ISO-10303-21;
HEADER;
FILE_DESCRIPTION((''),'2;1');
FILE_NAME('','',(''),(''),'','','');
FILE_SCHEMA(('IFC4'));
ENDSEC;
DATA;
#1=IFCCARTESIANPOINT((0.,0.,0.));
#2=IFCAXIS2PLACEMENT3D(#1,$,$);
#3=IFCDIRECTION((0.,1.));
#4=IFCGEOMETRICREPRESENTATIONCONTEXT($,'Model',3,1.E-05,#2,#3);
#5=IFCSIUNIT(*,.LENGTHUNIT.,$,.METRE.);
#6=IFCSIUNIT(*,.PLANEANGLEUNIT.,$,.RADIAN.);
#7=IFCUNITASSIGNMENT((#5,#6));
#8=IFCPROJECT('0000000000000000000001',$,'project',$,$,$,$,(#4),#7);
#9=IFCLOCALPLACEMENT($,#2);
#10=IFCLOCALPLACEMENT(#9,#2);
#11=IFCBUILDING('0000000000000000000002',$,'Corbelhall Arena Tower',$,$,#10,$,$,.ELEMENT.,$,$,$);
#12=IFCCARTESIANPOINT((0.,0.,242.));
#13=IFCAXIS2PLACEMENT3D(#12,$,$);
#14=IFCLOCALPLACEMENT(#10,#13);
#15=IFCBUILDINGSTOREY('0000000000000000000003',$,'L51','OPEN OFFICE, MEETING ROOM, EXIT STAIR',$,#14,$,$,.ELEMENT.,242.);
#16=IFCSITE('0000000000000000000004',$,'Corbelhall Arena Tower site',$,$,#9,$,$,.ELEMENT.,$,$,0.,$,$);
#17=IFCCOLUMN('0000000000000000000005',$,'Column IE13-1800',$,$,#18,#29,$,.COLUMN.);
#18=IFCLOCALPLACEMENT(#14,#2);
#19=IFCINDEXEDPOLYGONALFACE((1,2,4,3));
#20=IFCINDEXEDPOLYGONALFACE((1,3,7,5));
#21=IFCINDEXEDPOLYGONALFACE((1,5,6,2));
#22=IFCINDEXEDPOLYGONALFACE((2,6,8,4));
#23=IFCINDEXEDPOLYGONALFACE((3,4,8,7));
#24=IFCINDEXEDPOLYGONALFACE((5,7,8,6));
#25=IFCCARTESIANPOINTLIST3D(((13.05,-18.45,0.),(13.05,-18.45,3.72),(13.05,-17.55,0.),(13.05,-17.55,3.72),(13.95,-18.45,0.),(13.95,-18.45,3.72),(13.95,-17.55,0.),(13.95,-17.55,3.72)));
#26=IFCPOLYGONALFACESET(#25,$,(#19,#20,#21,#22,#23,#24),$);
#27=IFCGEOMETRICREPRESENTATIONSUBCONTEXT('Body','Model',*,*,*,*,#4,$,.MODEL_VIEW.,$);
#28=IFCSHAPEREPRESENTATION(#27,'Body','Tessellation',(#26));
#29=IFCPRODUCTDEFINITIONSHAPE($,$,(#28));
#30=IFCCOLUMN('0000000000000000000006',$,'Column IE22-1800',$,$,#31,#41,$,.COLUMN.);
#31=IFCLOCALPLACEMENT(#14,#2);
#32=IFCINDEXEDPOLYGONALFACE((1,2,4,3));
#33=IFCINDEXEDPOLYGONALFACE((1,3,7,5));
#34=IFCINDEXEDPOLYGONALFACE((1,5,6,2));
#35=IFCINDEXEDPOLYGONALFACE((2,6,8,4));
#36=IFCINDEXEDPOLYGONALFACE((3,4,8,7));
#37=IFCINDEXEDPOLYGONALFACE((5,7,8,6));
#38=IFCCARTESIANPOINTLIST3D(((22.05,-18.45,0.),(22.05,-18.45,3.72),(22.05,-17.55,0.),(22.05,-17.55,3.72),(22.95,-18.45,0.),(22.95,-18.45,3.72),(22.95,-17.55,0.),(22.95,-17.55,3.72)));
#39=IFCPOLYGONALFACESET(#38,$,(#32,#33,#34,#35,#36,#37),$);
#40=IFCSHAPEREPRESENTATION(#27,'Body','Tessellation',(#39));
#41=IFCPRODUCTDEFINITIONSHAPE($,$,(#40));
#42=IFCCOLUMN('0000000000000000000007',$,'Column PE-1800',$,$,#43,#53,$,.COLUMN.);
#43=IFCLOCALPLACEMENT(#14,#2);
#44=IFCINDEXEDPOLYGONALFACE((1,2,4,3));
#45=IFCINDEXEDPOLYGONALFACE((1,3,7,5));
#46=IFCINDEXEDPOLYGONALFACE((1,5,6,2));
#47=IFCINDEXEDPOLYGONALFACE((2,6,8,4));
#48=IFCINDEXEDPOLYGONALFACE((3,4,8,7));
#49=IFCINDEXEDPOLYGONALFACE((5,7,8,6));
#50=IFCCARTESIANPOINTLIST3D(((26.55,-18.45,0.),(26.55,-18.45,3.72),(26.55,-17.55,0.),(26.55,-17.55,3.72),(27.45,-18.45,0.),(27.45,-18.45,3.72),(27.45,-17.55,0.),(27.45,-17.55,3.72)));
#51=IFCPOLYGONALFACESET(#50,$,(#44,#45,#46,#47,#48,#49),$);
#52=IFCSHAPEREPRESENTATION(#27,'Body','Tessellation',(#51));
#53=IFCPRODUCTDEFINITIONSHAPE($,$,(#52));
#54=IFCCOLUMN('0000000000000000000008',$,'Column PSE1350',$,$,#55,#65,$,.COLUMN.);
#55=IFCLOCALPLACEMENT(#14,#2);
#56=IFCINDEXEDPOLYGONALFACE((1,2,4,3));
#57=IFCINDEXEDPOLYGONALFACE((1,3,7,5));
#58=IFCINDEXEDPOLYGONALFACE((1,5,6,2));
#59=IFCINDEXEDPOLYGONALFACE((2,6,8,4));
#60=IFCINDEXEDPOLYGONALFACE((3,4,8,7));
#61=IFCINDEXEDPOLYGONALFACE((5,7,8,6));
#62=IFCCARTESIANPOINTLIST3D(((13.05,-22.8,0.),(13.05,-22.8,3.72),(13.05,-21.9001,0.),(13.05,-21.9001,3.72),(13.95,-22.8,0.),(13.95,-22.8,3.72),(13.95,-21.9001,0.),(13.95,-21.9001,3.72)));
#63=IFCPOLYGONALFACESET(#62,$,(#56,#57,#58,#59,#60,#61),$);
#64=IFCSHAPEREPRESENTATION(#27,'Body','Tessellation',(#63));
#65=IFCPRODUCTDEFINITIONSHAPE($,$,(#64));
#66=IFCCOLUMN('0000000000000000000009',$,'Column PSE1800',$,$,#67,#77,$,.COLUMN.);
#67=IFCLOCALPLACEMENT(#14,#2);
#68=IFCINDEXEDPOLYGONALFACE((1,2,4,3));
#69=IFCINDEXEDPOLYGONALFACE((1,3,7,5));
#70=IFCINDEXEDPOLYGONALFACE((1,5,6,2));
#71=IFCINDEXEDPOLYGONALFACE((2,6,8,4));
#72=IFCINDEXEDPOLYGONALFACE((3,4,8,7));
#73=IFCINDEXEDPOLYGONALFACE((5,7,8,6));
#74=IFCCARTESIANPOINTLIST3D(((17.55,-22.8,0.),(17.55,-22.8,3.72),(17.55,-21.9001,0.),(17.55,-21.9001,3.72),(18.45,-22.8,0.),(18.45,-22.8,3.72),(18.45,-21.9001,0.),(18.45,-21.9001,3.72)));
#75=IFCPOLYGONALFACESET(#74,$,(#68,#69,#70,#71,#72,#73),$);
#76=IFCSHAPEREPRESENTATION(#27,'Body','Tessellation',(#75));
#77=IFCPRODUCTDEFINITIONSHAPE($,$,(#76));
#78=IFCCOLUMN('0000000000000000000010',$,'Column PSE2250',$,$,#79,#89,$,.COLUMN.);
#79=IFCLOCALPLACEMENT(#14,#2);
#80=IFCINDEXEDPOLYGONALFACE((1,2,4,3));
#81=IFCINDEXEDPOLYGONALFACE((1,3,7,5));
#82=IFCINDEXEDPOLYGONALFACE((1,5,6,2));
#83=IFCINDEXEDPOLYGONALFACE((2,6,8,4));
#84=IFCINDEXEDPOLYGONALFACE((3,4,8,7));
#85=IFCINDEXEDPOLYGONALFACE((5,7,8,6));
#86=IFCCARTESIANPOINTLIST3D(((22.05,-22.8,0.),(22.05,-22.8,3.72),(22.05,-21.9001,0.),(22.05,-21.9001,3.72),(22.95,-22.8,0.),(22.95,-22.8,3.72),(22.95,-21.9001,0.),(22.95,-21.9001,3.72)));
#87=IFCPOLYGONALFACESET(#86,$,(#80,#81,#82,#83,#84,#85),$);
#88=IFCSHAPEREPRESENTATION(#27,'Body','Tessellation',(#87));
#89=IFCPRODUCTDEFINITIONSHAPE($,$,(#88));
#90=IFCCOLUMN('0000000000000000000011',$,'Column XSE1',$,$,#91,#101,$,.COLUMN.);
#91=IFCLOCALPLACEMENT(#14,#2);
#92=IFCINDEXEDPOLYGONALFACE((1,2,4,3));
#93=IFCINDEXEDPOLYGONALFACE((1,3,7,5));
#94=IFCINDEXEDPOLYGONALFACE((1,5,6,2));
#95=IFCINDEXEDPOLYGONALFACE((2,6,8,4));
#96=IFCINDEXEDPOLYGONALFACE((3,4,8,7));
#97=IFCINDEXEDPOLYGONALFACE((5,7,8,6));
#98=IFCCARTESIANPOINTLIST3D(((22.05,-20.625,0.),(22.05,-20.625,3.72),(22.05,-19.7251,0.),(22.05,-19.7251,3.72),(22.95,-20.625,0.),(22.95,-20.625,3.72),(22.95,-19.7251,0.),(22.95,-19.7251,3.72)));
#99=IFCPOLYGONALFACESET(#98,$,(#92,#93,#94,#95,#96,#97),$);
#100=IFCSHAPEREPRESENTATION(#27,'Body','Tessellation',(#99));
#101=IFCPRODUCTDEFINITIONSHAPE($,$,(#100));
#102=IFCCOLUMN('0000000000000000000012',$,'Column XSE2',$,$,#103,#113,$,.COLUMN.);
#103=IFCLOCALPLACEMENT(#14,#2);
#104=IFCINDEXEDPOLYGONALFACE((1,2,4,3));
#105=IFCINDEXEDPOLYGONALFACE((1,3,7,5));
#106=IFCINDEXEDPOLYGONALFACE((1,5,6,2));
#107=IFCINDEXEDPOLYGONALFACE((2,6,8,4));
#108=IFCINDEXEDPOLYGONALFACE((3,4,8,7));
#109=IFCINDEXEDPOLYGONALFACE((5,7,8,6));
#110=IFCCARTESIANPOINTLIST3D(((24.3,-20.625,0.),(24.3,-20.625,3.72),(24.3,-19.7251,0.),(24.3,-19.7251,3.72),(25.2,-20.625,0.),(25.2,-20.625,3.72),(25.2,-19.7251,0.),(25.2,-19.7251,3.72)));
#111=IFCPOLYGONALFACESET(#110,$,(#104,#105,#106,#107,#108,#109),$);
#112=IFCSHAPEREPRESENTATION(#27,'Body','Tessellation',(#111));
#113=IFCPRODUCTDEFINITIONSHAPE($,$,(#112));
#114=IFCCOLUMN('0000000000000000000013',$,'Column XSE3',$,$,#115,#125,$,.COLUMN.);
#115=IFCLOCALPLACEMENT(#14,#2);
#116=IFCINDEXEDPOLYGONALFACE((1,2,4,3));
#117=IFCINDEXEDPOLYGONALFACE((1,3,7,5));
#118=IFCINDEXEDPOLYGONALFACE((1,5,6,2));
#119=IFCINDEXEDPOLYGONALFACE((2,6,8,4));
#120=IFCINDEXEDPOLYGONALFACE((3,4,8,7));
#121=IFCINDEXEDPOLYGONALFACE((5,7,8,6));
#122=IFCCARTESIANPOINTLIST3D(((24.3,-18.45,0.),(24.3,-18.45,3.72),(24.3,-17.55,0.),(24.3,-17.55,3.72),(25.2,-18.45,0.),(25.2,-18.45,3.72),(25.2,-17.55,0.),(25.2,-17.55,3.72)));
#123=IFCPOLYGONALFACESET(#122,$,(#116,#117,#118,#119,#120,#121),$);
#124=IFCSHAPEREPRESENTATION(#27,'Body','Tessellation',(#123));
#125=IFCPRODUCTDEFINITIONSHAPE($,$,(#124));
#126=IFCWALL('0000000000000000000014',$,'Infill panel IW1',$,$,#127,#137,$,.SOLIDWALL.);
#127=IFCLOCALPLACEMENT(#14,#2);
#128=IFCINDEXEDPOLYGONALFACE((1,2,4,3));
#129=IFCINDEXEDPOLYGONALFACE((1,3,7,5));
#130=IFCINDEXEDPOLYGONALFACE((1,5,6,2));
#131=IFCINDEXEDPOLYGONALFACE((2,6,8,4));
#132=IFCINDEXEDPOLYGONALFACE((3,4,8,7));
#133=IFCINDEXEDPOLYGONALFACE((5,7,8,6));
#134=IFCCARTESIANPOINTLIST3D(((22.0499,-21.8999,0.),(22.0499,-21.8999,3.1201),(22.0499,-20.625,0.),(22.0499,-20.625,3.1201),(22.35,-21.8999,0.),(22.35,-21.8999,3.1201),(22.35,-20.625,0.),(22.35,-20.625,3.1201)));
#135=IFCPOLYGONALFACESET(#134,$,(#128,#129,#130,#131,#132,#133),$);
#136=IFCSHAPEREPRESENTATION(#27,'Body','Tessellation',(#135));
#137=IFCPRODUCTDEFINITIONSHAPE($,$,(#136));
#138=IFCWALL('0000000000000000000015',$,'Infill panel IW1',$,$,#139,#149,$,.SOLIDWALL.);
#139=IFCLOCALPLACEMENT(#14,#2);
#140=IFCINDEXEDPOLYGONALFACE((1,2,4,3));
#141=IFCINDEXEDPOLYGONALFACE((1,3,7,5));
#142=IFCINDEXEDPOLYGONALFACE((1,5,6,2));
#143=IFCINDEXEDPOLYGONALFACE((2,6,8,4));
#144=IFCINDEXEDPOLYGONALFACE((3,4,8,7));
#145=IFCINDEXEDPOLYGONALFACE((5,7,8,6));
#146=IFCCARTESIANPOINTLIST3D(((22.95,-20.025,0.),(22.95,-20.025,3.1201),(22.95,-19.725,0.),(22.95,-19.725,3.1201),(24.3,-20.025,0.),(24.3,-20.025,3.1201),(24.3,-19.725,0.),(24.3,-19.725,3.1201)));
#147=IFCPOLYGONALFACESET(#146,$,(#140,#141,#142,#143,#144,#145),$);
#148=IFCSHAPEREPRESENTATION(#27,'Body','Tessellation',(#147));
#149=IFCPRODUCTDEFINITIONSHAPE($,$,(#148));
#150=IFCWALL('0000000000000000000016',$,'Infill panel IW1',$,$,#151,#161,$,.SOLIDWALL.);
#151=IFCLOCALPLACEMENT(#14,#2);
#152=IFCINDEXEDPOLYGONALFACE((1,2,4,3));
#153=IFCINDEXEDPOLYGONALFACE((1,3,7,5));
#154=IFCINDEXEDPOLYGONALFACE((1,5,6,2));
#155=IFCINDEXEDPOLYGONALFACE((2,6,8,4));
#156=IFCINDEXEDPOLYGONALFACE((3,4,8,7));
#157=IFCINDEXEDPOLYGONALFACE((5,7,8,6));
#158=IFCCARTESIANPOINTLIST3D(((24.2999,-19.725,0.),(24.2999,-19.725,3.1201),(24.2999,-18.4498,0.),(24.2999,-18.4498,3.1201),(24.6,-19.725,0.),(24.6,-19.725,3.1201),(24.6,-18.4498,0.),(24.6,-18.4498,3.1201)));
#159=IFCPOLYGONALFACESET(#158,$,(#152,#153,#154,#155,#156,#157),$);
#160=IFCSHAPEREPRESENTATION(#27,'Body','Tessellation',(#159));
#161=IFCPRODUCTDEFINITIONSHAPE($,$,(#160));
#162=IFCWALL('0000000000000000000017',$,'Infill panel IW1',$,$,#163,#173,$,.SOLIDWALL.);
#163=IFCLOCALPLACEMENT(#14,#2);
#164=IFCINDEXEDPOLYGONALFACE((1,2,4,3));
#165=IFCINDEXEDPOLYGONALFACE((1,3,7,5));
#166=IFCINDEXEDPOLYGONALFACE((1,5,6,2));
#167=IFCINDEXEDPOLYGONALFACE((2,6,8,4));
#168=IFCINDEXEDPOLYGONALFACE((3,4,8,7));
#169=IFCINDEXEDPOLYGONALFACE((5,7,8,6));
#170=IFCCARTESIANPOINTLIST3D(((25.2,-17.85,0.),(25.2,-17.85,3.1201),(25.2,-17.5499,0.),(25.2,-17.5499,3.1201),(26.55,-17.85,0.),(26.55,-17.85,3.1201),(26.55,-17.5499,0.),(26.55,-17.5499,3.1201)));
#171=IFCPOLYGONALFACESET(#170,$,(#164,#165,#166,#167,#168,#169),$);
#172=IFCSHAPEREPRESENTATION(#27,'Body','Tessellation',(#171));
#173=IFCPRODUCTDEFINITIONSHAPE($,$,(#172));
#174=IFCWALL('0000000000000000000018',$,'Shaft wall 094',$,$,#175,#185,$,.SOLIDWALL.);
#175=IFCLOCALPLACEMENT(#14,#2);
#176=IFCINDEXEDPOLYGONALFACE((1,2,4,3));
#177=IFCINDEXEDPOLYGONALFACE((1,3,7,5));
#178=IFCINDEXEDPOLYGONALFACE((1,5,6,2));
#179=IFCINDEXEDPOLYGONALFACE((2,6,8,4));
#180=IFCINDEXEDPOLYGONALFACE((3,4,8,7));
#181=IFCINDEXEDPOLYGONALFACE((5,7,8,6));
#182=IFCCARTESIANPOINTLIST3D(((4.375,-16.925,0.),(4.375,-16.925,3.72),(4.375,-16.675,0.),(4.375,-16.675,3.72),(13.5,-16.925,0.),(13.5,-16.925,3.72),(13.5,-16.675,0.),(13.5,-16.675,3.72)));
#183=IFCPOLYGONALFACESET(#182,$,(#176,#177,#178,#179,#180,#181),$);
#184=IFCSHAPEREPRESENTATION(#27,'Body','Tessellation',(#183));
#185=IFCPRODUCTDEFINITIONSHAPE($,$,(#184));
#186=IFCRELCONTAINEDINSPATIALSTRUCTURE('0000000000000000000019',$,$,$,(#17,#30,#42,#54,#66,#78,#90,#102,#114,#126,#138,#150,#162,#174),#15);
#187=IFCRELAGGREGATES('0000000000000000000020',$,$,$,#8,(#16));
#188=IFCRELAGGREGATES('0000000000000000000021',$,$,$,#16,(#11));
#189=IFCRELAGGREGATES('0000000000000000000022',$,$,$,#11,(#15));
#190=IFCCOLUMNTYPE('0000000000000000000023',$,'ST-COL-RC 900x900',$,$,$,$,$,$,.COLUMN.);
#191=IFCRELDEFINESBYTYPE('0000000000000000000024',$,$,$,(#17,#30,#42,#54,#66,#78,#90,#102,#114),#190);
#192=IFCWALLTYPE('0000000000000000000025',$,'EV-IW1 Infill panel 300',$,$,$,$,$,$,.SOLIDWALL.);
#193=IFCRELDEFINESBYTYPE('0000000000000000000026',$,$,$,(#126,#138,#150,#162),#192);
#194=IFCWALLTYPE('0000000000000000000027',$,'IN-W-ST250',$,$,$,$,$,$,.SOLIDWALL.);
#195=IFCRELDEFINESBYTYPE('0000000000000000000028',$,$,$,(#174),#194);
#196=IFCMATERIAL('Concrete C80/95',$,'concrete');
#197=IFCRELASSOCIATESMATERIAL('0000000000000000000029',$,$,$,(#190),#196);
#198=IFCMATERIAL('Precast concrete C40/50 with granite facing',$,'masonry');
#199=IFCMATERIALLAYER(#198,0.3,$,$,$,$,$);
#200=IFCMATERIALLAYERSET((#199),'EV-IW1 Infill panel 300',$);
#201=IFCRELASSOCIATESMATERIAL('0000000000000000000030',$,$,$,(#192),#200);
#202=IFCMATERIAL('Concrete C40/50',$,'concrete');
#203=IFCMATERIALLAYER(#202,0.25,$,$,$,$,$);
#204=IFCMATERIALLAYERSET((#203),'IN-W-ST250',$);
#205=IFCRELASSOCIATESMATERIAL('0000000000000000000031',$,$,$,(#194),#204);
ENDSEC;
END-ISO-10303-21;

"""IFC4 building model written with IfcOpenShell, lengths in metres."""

from ifc_helpers import new_model, si_unit, direction, frame, frame_2d, origin, origin_2d, place, context, subcontext, project, spatial, rectangle, extrude, material, layer, layer_set, material_profile, profile_set, type_object, element, save


model = new_model("IFC4")

# Units and contexts
model_context = context("Model", 3, precision=1e-05, world=origin(), true_north=direction((0.0, 1.0)))
body_context = subcontext(model_context, "Body", "Model", "MODEL_VIEW")
ifc_project = project(units=[si_unit("LENGTHUNIT", "METRE"), si_unit("PLANEANGLEUNIT", "RADIAN")], contexts=[model_context])

# Site, building, storey
site_placement = place(None, origin())
site = spatial("IfcSite", under=ifc_project, at=site_placement, Name="Corbelhall Arena Tower site", CompositionType="ELEMENT", RefElevation=0.0)
building_placement = place(site_placement, origin())
building = spatial("IfcBuilding", under=site, at=building_placement, Name="Corbelhall Arena Tower", CompositionType="ELEMENT")
storey_placement = place(building_placement, frame((0.0, 0.0, 242.0)))
storey = spatial("IfcBuildingStorey", under=building, at=storey_placement, Name="L51", Description="OPEN OFFICE, MEETING ROOM, EXIT STAIR", CompositionType="ELEMENT", Elevation=242.0)

# Columns
ifc_material_1 = material(Name="Concrete C80/95", Category="concrete")
ifc_material_profile = material_profile(ifc_material_1, rectangle(XDim=0.8999, YDim=0.8999, at=origin_2d()))
ifc_profile_set = profile_set([ifc_material_profile], Name="Concrete C80/95")
column_type = type_object("IfcColumnType", Name="ST-COL-RC 900x900", PredefinedType="COLUMN", material=ifc_profile_set)
for number, where, z_axis, x_axis, name in (
    (1, (13.5, -18.0, 0.0), (0.0, 0.0, 1.0), (1.0, 0.0, 0.0), "Column IE13-1800"),
    (2, (22.5, -18.0, 0.0), (0.0, 0.0, 1.0), (1.0, 0.0, 0.0), "Column IE22-1800"),
    (3, (27.0, -18.0, 0.0), (0.0, 0.0, 1.0), (0.0, 1.0, 0.0), "Column PE-1800"),
    (4, (13.5, -22.3501, 0.0), (0.0, 0.0, 1.0), (1.0, 0.0, 0.0), "Column PSE1350"),
    (5, (18.0, -22.3501, 0.0), (0.0, 0.0, 1.0), (1.0, 0.0, 0.0), "Column PSE1800"),
    (6, (22.5, -22.3501, 0.0), (0.0, 0.0, 1.0), (1.0, 0.0, 0.0), "Column PSE2250"),
    (7, (22.5, -20.175, 0.0), (0.0, 0.0, 1.0), (1.0, 0.0, 0.0), "Column XSE1"),
    (8, (24.75, -20.175, 0.0), (0.0, 0.0, 1.0), (1.0, 0.0, 0.0), "Column XSE2"),
    (9, (24.75, -18.0, 0.0), (0.0, 0.0, 1.0), (1.0, 0.0, 0.0), "Column XSE3"),
):
    element("IfcColumn", number, at=place(storey_placement, frame(where, z_axis=z_axis, x_axis=x_axis)), inside=storey, type_object=column_type, Name=name, PredefinedType="COLUMN", context=body_context, shape_type="SweptSolid", body=[
        extrude(rectangle(XDim=0.8999, YDim=0.8999, at=origin_2d()), origin(), (0.0, 0.0, 1.0), 3.72),
    ])

# Shared definitions
ifc_material_2 = material(Name="Precast concrete C40/50 with granite facing", Category="masonry")
ifc_layer_1 = layer(ifc_material_2, 0.3)
ifc_layer_set_1 = layer_set([ifc_layer_1], Name="EV-IW1 Infill panel 300")
wall_type_1 = type_object("IfcWallType", Name="EV-IW1 Infill panel 300", PredefinedType="SOLIDWALL", material=ifc_layer_set_1)

# Walls
wall_1_placement = place(storey_placement, frame((22.2, -21.8999, 0.0), z_axis=(0.0, 0.0, 1.0), x_axis=(0.0, 1.0, 0.0)))
element("IfcWall", 10, at=wall_1_placement, inside=storey, type_object=wall_type_1, Name="Infill panel IW1", PredefinedType="SOLIDWALL", context=body_context, shape_type="SweptSolid", body=[
    extrude(rectangle(XDim=1.2749, YDim=0.3, at=frame_2d((0.6375, 0.0))), origin(), (0.0, 0.0, 1.0), 3.1201),
])
wall_2_placement = place(storey_placement, frame((22.95, -19.875, 0.0), z_axis=(0.0, 0.0, 1.0), x_axis=(1.0, 0.0, 0.0)))
element("IfcWall", 11, at=wall_2_placement, inside=storey, type_object=wall_type_1, Name="Infill panel IW1", PredefinedType="SOLIDWALL", context=body_context, shape_type="SweptSolid", body=[
    extrude(rectangle(XDim=1.3501, YDim=0.3, at=frame_2d((0.675, 0.0))), origin(), (0.0, 0.0, 1.0), 3.1201),
])
wall_3_placement = place(storey_placement, frame((24.45, -19.7251, 0.0), z_axis=(0.0, 0.0, 1.0), x_axis=(0.0, 1.0, 0.0)))
element("IfcWall", 12, at=wall_3_placement, inside=storey, type_object=wall_type_1, Name="Infill panel IW1", PredefinedType="SOLIDWALL", context=body_context, shape_type="SweptSolid", body=[
    extrude(rectangle(XDim=1.2751, YDim=0.3, at=frame_2d((0.6377, 0.0))), origin(), (0.0, 0.0, 1.0), 3.1201),
])
wall_4_placement = place(storey_placement, frame((25.2, -17.7, 0.0), z_axis=(0.0, 0.0, 1.0), x_axis=(1.0, 0.0, 0.0)))
element("IfcWall", 13, at=wall_4_placement, inside=storey, type_object=wall_type_1, Name="Infill panel IW1", PredefinedType="SOLIDWALL", context=body_context, shape_type="SweptSolid", body=[
    extrude(rectangle(XDim=1.3501, YDim=0.3, at=frame_2d((0.675, 0.0))), origin(), (0.0, 0.0, 1.0), 3.1201),
])

# Wall
ifc_material_3 = material(Name="Concrete C40/50", Category="concrete")
ifc_layer_2 = layer(ifc_material_3, 0.25)
ifc_layer_set_2 = layer_set([ifc_layer_2], Name="IN-W-ST250")
wall_type_2 = type_object("IfcWallType", Name="IN-W-ST250", PredefinedType="SOLIDWALL", material=ifc_layer_set_2)
wall_5_placement = place(storey_placement, frame((13.5, -16.8, 0.0), z_axis=(0.0, 0.0, 1.0), x_axis=(-1.0, 0.0, 0.0)))
element("IfcWall", 14, at=wall_5_placement, inside=storey, type_object=wall_type_2, Name="Shaft wall 094", PredefinedType="SOLIDWALL", context=body_context, shape_type="SweptSolid", body=[
    extrude(rectangle(XDim=9.125, YDim=0.25, at=frame_2d((4.5625, 0.0))), origin(), (0.0, 0.0, 1.0), 3.72),
])

save(model, "model.ifc")
